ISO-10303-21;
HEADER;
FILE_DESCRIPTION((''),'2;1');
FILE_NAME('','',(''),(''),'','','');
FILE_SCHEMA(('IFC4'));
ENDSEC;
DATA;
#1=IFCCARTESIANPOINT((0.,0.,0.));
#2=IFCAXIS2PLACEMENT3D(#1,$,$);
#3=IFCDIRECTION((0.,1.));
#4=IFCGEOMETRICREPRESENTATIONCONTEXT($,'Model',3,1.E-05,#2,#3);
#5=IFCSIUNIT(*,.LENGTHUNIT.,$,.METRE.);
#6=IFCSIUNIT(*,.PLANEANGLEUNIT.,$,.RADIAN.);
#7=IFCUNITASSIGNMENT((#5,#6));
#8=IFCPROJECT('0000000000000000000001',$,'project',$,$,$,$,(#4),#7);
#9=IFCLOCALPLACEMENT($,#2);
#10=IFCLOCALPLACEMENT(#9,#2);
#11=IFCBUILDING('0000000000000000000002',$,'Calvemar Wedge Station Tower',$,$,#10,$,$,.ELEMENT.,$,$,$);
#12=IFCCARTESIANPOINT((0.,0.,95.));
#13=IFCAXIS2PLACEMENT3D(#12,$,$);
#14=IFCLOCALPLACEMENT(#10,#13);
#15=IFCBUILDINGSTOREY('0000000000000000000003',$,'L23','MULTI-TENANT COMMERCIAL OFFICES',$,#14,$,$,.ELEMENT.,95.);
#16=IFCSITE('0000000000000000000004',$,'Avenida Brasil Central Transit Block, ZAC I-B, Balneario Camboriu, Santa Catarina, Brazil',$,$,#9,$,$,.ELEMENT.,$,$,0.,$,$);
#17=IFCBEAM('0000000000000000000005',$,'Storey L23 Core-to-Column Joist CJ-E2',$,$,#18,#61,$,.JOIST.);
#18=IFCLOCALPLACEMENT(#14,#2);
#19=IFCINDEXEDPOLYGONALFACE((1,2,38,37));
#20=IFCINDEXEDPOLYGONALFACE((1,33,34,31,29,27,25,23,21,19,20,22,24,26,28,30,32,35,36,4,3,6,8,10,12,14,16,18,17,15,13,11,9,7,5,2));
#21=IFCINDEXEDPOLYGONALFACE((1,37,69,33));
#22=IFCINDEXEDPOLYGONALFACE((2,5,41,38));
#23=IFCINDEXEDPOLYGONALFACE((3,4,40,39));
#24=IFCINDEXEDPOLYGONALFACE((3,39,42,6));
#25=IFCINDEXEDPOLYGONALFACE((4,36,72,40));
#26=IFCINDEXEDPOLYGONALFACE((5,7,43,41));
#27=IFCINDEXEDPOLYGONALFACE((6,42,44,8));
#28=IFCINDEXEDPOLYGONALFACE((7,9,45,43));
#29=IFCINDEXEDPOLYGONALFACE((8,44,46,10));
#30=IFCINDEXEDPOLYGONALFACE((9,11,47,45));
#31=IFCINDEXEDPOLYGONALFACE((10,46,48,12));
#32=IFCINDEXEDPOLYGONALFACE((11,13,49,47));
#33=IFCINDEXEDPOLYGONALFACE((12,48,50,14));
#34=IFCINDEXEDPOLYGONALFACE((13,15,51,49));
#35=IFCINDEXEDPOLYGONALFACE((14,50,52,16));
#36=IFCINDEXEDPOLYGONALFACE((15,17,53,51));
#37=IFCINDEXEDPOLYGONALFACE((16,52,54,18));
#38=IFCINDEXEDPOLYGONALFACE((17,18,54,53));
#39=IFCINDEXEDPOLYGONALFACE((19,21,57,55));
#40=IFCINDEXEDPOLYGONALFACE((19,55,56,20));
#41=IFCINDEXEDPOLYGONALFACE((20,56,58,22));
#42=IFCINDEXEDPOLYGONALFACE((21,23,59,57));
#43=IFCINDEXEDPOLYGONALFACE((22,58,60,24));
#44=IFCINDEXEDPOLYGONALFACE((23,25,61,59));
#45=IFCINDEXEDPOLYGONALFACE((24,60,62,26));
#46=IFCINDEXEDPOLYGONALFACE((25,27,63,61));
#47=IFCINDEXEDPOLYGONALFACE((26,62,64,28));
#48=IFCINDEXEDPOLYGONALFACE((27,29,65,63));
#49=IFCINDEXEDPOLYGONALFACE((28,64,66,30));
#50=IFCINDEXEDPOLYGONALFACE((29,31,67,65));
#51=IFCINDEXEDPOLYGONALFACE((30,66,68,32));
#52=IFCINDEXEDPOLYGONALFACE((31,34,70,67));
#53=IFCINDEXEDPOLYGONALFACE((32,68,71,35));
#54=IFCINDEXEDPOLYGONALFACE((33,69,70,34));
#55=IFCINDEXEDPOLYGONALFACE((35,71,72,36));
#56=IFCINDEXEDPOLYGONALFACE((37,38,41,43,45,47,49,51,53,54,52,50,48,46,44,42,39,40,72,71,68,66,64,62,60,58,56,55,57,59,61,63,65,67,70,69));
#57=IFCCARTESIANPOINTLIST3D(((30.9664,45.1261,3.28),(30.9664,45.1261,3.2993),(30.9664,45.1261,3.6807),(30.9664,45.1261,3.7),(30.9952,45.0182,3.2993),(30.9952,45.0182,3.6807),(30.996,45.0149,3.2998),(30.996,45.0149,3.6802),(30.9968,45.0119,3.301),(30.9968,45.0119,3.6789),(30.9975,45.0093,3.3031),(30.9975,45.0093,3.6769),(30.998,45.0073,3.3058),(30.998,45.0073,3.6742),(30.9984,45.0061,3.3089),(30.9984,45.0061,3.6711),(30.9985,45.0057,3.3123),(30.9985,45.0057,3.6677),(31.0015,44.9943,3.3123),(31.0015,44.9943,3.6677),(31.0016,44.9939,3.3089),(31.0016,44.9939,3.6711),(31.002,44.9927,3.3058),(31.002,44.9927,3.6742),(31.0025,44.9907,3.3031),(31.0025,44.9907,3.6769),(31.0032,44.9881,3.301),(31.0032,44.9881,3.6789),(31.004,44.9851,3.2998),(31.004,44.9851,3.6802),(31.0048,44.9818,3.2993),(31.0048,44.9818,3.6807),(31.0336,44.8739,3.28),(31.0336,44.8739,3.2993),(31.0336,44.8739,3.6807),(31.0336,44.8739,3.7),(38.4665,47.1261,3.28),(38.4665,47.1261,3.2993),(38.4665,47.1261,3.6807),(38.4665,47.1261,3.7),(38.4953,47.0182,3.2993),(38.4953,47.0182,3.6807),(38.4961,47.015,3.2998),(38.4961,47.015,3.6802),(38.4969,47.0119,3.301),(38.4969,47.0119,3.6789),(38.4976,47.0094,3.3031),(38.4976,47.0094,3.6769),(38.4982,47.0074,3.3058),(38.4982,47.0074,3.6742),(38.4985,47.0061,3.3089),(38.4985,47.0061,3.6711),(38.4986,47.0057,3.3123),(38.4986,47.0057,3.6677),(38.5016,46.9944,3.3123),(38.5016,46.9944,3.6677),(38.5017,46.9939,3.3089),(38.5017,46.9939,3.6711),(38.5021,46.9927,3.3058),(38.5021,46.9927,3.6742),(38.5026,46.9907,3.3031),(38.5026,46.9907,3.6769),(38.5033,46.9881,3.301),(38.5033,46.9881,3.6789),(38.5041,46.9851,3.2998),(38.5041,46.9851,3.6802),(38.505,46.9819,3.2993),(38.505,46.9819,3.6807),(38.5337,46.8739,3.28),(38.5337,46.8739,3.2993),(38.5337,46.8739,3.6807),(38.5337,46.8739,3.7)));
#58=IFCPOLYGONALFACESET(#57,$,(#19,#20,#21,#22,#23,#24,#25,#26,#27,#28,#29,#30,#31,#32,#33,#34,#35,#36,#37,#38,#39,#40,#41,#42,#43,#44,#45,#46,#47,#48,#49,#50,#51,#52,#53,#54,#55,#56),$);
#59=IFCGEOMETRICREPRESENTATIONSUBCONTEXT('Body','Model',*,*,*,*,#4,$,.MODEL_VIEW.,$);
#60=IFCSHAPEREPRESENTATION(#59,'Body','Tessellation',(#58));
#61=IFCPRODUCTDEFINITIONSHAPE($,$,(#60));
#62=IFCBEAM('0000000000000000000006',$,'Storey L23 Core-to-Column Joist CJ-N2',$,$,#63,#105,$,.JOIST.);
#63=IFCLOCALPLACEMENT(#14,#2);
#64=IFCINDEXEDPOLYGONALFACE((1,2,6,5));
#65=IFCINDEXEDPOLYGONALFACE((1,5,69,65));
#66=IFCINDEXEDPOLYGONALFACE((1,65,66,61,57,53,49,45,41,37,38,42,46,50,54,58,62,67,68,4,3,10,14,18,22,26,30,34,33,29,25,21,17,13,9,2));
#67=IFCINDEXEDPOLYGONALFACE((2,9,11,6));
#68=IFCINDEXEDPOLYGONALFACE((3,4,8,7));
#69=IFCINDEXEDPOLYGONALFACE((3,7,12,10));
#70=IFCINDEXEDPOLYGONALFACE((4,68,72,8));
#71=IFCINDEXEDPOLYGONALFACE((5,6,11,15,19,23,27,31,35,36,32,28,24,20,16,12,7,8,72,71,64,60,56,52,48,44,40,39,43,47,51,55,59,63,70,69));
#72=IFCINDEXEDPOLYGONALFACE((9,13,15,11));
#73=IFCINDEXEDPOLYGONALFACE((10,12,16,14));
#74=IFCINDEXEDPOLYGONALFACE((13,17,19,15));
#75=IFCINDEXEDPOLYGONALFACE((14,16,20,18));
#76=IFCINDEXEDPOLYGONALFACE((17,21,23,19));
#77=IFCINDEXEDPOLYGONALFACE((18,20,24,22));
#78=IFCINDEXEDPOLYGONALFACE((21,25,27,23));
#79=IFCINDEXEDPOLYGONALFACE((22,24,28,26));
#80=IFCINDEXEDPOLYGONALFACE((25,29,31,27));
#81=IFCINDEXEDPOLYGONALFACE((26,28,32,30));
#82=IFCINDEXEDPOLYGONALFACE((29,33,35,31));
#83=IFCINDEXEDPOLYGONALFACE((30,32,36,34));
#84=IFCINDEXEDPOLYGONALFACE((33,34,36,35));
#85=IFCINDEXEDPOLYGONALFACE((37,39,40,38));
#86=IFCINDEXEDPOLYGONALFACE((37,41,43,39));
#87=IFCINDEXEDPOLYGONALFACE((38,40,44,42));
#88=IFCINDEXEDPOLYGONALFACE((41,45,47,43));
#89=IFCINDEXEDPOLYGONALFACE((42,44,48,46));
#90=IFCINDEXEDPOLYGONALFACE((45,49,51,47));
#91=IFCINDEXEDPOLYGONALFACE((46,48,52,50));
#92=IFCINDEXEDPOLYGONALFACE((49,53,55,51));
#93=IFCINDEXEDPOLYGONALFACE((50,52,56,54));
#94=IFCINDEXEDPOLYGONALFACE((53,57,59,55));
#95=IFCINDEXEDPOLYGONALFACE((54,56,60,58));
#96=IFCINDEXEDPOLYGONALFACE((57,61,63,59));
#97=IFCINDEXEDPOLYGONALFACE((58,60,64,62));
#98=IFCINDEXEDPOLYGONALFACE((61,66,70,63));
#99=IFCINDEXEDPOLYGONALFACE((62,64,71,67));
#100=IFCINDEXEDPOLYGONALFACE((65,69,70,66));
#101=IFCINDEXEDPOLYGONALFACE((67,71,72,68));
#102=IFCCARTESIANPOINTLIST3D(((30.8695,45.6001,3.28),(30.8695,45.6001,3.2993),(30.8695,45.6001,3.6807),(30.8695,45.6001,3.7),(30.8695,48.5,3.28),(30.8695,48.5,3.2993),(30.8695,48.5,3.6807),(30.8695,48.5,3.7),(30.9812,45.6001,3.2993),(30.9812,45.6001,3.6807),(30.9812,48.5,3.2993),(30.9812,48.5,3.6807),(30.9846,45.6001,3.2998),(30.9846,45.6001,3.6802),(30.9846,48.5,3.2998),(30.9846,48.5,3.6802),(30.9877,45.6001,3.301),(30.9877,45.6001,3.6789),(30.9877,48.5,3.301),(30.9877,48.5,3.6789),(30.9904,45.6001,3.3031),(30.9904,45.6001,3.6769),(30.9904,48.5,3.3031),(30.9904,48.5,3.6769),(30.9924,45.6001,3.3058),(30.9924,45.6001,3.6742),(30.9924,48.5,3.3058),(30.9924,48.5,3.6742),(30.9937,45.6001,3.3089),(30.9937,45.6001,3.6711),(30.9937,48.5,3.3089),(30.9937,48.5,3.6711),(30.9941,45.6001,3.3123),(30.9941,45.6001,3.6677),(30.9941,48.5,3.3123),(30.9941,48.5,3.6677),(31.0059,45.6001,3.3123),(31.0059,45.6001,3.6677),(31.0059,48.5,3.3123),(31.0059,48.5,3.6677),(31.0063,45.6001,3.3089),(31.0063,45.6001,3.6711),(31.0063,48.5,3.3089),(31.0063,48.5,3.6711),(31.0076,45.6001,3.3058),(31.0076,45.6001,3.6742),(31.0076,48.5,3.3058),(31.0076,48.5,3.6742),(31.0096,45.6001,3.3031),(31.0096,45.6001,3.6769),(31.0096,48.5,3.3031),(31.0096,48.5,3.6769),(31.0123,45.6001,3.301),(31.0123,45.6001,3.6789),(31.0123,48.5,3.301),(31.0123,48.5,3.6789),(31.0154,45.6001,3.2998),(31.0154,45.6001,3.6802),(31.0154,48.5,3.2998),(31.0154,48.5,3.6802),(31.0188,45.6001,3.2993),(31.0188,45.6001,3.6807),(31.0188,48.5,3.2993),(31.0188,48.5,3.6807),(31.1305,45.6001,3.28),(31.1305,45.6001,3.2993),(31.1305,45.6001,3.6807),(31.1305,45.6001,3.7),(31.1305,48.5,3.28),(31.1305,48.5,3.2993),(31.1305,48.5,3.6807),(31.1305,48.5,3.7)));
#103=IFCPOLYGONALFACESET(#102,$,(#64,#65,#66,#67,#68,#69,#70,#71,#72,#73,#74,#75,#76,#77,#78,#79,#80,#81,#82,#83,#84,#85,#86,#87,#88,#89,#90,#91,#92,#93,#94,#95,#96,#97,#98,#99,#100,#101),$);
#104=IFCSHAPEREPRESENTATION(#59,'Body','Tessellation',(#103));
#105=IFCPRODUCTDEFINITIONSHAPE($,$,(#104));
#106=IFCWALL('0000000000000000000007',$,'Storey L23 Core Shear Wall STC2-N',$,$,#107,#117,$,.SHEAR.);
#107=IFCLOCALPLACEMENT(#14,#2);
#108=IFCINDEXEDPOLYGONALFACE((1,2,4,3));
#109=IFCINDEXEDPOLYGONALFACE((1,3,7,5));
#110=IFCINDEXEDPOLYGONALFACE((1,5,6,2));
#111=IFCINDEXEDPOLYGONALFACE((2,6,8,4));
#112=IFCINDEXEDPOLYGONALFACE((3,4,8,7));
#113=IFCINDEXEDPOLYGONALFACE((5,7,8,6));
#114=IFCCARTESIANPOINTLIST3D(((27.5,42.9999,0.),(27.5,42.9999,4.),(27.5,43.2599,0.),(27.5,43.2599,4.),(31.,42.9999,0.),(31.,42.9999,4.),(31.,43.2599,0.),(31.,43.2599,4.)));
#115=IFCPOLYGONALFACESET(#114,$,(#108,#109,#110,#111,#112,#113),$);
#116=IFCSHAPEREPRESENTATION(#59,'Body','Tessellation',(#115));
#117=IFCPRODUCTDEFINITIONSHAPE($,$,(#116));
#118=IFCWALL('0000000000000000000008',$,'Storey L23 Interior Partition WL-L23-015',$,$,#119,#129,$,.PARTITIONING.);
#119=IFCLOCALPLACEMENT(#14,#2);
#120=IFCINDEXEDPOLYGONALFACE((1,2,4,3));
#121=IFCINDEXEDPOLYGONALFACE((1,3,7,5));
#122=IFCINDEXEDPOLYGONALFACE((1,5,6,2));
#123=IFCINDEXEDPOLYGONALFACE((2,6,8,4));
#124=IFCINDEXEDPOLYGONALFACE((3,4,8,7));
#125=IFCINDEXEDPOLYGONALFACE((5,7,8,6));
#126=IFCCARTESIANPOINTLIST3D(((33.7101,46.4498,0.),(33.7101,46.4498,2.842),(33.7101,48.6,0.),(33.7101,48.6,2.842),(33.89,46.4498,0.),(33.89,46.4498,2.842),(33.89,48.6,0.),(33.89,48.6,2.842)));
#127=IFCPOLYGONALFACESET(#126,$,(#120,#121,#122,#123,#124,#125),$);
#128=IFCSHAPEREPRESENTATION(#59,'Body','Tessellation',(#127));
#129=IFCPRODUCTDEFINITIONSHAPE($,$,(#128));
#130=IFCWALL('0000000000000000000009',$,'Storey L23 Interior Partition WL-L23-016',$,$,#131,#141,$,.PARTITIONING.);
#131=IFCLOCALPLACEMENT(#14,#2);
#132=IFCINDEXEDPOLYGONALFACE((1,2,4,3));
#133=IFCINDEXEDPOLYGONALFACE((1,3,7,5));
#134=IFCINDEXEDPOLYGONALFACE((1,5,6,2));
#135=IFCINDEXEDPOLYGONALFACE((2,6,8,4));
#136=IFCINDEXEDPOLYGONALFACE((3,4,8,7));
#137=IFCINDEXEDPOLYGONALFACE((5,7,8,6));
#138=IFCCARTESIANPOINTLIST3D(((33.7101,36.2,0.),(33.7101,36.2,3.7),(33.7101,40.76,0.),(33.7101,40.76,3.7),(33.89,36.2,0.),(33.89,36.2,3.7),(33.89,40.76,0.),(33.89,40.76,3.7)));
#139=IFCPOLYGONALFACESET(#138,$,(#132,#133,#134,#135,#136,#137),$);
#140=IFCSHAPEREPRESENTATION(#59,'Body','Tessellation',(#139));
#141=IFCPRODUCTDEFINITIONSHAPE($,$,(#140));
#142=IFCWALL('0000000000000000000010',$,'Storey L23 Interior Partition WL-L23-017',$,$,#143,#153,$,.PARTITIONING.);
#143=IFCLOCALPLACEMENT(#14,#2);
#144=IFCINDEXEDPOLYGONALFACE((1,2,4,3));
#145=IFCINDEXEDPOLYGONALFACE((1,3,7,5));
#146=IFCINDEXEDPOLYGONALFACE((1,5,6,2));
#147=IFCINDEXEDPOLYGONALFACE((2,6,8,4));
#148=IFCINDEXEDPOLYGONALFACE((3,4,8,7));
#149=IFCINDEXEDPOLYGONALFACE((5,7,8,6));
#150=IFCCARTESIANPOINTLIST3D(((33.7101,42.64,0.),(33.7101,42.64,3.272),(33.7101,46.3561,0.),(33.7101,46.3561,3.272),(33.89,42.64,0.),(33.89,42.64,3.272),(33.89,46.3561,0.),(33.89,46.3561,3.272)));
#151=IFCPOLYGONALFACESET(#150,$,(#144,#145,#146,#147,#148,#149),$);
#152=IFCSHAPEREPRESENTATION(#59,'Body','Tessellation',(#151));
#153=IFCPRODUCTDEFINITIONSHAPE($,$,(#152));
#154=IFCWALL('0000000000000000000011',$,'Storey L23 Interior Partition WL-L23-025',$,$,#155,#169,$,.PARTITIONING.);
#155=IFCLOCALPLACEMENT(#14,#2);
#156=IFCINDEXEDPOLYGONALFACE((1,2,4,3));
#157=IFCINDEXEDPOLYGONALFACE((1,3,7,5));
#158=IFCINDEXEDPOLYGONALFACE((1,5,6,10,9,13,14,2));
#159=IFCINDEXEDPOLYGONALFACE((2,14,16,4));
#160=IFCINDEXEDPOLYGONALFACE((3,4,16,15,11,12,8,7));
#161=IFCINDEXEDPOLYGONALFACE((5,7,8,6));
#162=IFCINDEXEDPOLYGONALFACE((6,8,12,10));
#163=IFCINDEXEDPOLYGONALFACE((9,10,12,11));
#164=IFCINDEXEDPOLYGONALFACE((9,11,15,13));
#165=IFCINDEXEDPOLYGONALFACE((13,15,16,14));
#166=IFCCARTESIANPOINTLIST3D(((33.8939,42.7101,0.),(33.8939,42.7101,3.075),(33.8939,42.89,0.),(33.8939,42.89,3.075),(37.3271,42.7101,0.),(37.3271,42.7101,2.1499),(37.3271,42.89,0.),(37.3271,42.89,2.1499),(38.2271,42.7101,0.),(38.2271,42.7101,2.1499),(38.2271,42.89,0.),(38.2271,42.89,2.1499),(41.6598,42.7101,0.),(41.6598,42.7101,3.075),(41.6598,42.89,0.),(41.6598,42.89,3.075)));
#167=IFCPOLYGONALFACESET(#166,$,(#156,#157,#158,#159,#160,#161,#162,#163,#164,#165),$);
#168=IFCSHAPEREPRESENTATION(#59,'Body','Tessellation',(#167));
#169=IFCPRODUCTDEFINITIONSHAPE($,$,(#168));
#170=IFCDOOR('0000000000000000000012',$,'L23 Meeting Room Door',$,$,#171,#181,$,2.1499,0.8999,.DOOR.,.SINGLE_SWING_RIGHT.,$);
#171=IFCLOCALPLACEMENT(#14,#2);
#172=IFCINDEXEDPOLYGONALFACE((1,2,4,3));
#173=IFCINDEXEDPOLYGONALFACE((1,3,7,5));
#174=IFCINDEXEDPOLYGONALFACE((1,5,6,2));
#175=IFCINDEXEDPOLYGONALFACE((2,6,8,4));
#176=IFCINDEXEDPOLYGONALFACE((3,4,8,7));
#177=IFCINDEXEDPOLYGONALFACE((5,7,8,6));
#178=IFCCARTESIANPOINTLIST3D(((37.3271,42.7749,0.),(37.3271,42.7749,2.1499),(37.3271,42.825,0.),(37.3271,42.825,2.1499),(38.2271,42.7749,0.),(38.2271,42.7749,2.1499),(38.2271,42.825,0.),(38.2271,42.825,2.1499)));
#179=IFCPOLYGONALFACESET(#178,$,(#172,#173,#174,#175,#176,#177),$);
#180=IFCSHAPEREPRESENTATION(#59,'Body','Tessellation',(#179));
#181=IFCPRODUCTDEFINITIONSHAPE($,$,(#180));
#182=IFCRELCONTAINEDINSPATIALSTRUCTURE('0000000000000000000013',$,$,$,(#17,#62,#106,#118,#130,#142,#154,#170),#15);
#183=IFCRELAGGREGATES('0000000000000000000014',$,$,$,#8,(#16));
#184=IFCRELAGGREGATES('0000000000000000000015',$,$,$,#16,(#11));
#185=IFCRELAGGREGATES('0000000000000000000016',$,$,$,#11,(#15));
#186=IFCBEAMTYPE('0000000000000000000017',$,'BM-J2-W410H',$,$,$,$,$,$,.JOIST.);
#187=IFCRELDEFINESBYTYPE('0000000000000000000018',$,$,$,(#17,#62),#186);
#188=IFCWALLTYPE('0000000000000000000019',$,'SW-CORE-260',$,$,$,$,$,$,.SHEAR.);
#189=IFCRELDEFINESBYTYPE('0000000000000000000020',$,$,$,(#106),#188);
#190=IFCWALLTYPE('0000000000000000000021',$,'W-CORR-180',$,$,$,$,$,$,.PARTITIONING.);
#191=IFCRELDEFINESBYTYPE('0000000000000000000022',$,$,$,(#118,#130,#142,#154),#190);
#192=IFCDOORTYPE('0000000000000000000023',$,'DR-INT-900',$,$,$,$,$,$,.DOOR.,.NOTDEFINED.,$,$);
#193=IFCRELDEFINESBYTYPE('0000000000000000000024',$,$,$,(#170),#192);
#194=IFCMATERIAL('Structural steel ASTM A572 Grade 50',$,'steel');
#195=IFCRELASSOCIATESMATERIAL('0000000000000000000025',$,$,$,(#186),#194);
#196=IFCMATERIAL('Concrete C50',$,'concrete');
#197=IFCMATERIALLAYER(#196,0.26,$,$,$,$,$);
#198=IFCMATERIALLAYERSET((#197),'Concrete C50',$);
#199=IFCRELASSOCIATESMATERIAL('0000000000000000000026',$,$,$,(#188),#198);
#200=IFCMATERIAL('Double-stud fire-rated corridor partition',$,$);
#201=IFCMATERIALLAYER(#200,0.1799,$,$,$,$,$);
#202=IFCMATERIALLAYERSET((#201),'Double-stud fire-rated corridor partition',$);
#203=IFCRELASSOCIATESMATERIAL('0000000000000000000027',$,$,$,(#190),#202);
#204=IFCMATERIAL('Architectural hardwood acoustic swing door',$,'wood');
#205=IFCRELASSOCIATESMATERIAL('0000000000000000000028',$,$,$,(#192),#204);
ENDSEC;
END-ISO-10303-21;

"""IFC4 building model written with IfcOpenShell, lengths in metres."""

from ifc_helpers import new_model, si_unit, direction, frame, frame_2d, origin, origin_2d, place, context, subcontext, project, spatial, rectangle, i_section, extrude, source, transform, mapped, material, layer, layer_set, material_profile, profile_set, type_object, element, fill, save


model = new_model("IFC4")

# Units and contexts
model_context = context("Model", 3, precision=1e-05, world=origin(), true_north=direction((0.0, 1.0)))
body_context = subcontext(model_context, "Body", "Model", "MODEL_VIEW")
ifc_project = project(units=[si_unit("LENGTHUNIT", "METRE"), si_unit("PLANEANGLEUNIT", "RADIAN")], contexts=[model_context])

# Site, building, storey
site_placement = place(None, origin())
site = spatial("IfcSite", under=ifc_project, at=site_placement, Name="Avenida Brasil Central Transit Block, ZAC I-B, Balneario Camboriu, Santa Catarina, Brazil", CompositionType="ELEMENT", RefElevation=0.0)
building_placement = place(site_placement, origin())
building = spatial("IfcBuilding", under=site, at=building_placement, Name="Calvemar Wedge Station Tower", CompositionType="ELEMENT")
storey_placement = place(building_placement, frame((0.0, 0.0, 95.0)))
storey = spatial("IfcBuildingStorey", under=building, at=storey_placement, Name="L23", Description="MULTI-TENANT COMMERCIAL OFFICES", CompositionType="ELEMENT", Elevation=95.0)

# Beams
ifc_material_1 = material(Name="Structural steel ASTM A572 Grade 50", Category="steel")
ifc_material_profile_1 = material_profile(ifc_material_1, i_section(OverallWidth=0.261, OverallDepth=0.4199, WebThickness=0.0117, FlangeThickness=0.0193, FilletRadius=0.0129, at=origin_2d()), Name="W410x114")
ifc_profile_set_1 = profile_set([ifc_material_profile_1], Name="Structural steel ASTM A572 Grade 50")
beam_type_1 = type_object("IfcBeamType", Name="BM-J2-W410H", PredefinedType="JOIST", material=ifc_profile_set_1)
shared_shape_1 = source(origin(), body_context, "Body", "SweptSolid", [
    extrude(i_section(OverallWidth=0.261, OverallDepth=0.4199, WebThickness=0.0117, FlangeThickness=0.0193, FilletRadius=0.0129, at=origin_2d()), origin(), (0.0, 0.0, 1.0), 7.7622),
])
beam_1_placement = place(storey_placement, frame((31.0, 45.0, 3.49), z_axis=(0.966235, 0.257663, 0.0), x_axis=(-0.257663, 0.966235, 0.0)))
element("IfcBeam", 1, at=beam_1_placement, inside=storey, type_object=beam_type_1, Name="Storey L23 Core-to-Column Joist CJ-E2", PredefinedType="JOIST", context=body_context, shape_type="MappedRepresentation", body=[
    mapped(shared_shape_1, transform((0.0, 0.0, 0.0), scale=1.0)),
])
shared_shape_2 = source(origin(), body_context, "Body", "SweptSolid", [
    extrude(i_section(OverallWidth=0.261, OverallDepth=0.4199, WebThickness=0.0117, FlangeThickness=0.0193, FilletRadius=0.0129, at=origin_2d()), origin(), (0.0, 0.0, 1.0), 2.8999),
])
beam_2_placement = place(storey_placement, frame((31.0, 45.6001, 3.49), z_axis=(0.0, 1.0, 0.0), x_axis=(-1.0, 0.0, 0.0)))
element("IfcBeam", 2, at=beam_2_placement, inside=storey, type_object=beam_type_1, Name="Storey L23 Core-to-Column Joist CJ-N2", PredefinedType="JOIST", context=body_context, shape_type="MappedRepresentation", body=[
    mapped(shared_shape_2, transform((0.0, 0.0, 0.0), scale=1.0)),
])

# Walls
ifc_material_2 = material(Name="Concrete C50", Category="concrete")
ifc_layer_1 = layer(ifc_material_2, 0.26)
ifc_layer_set_1 = layer_set([ifc_layer_1], Name="Concrete C50")
wall_type_1 = type_object("IfcWallType", Name="SW-CORE-260", PredefinedType="SHEAR", material=ifc_layer_set_1)
wall_1_placement = place(storey_placement, frame((27.5, 43.1299, 0.0), z_axis=(0.0, 0.0, 1.0), x_axis=(1.0, 0.0, 0.0)))
element("IfcWall", 3, at=wall_1_placement, inside=storey, type_object=wall_type_1, Name="Storey L23 Core Shear Wall STC2-N", PredefinedType="SHEAR", context=body_context, shape_type="SweptSolid", body=[
    extrude(rectangle(XDim=3.5, YDim=0.26, at=frame_2d((1.75, 0.0))), origin(), (0.0, 0.0, 1.0), 4.0),
])
ifc_material_3 = material(Name="Double-stud fire-rated corridor partition")
ifc_layer_2 = layer(ifc_material_3, 0.1799)
ifc_layer_set_2 = layer_set([ifc_layer_2], Name="Double-stud fire-rated corridor partition")
wall_type_2 = type_object("IfcWallType", Name="W-CORR-180", PredefinedType="PARTITIONING", material=ifc_layer_set_2)
wall_2_placement = place(storey_placement, frame((33.8, 48.6001, 0.0), z_axis=(0.0, 0.0, 1.0), x_axis=(0.0, -1.0, 0.0)))
element("IfcWall", 4, at=wall_2_placement, inside=storey, type_object=wall_type_2, Name="Storey L23 Interior Partition WL-L23-015", PredefinedType="PARTITIONING", context=body_context, shape_type="SweptSolid", body=[
    extrude(rectangle(XDim=2.1501, YDim=0.1799, at=frame_2d((1.0752, 0.0))), origin(), (0.0, 0.0, 1.0), 2.842),
])
wall_3_placement = place(storey_placement, frame((33.8, 40.76, 0.0), z_axis=(0.0, 0.0, 1.0), x_axis=(0.0, -1.0, 0.0)))
element("IfcWall", 5, at=wall_3_placement, inside=storey, type_object=wall_type_2, Name="Storey L23 Interior Partition WL-L23-016", PredefinedType="PARTITIONING", context=body_context, shape_type="SweptSolid", body=[
    extrude(rectangle(XDim=4.5601, YDim=0.1799, at=frame_2d((2.28, 0.0))), origin(), (0.0, 0.0, 1.0), 3.7),
])
wall_4_placement = place(storey_placement, frame((33.8, 46.356, 0.0), z_axis=(0.0, 0.0, 1.0), x_axis=(0.0, -1.0, 0.0)))
element("IfcWall", 6, at=wall_4_placement, inside=storey, type_object=wall_type_2, Name="Storey L23 Interior Partition WL-L23-017", PredefinedType="PARTITIONING", context=body_context, shape_type="SweptSolid", body=[
    extrude(rectangle(XDim=3.7161, YDim=0.1799, at=frame_2d((1.8579, 0.0))), origin(), (0.0, 0.0, 1.0), 3.272),
])

# Wall, opening, door
shared_shape_3 = source(origin(), body_context, "Body", "SweptSolid", [
    extrude(rectangle(XDim=0.8999, YDim=2.1499, at=frame_2d((0.45, 1.075))), frame((0.0, 0.1001, 0.0), z_axis=(0.0, -1.0, 0.0), x_axis=(1.0, 0.0, 0.0)), (0.0, 0.0, 1.0), 0.2),
])
ifc_material_4 = material(Name="Architectural hardwood acoustic swing door", Category="wood")
door_type = type_object("IfcDoorType", Name="DR-INT-900", OperationType="NOTDEFINED", PredefinedType="DOOR", material=ifc_material_4)
shared_shape_4 = source(origin(), body_context, "Body", "SweptSolid", [
    extrude(rectangle(XDim=0.8999, YDim=2.1499, at=frame_2d((0.45, 1.075))), frame((0.0, 0.0249, 0.0), z_axis=(0.0, -1.0, 0.0), x_axis=(1.0, 0.0, 0.0)), (0.0, 0.0, 1.0), 0.05),
])
wall_5_placement = place(storey_placement, frame((33.894, 42.8, 0.0), z_axis=(0.0, 0.0, 1.0), x_axis=(1.0, 0.0, 0.0)))
wall_5 = element("IfcWall", 7, at=wall_5_placement, inside=storey, type_object=wall_type_2, Name="Storey L23 Interior Partition WL-L23-025", PredefinedType="PARTITIONING", context=body_context, shape_type="SweptSolid", body=[
    extrude(rectangle(XDim=7.7659, YDim=0.1799, at=frame_2d((3.8828, 0.0))), origin(), (0.0, 0.0, 1.0), 3.075),
])
opening_1_placement = place(wall_5_placement, frame((3.4331, 0.0, 0.0)))
opening_1 = element("IfcOpeningElement", 8, at=opening_1_placement, cuts=wall_5, PredefinedType="OPENING", context=body_context, shape_type="MappedRepresentation", body=[
    mapped(shared_shape_3, transform((0.0, 0.0, 0.0), scale=1.0)),
])
door_1_placement = place(opening_1_placement, origin())
door_1 = element("IfcDoor", 9, at=door_1_placement, inside=storey, type_object=door_type, Name="L23 Meeting Room Door", OperationType="SINGLE_SWING_RIGHT", OverallHeight=2.1499, OverallWidth=0.8999, PredefinedType="DOOR", context=body_context, shape_type="MappedRepresentation", body=[
    mapped(shared_shape_4, transform((0.0, 0.0, 0.0), scale=1.0)),
])
fill(opening_1, door_1)

save(model, "model.ifc")
